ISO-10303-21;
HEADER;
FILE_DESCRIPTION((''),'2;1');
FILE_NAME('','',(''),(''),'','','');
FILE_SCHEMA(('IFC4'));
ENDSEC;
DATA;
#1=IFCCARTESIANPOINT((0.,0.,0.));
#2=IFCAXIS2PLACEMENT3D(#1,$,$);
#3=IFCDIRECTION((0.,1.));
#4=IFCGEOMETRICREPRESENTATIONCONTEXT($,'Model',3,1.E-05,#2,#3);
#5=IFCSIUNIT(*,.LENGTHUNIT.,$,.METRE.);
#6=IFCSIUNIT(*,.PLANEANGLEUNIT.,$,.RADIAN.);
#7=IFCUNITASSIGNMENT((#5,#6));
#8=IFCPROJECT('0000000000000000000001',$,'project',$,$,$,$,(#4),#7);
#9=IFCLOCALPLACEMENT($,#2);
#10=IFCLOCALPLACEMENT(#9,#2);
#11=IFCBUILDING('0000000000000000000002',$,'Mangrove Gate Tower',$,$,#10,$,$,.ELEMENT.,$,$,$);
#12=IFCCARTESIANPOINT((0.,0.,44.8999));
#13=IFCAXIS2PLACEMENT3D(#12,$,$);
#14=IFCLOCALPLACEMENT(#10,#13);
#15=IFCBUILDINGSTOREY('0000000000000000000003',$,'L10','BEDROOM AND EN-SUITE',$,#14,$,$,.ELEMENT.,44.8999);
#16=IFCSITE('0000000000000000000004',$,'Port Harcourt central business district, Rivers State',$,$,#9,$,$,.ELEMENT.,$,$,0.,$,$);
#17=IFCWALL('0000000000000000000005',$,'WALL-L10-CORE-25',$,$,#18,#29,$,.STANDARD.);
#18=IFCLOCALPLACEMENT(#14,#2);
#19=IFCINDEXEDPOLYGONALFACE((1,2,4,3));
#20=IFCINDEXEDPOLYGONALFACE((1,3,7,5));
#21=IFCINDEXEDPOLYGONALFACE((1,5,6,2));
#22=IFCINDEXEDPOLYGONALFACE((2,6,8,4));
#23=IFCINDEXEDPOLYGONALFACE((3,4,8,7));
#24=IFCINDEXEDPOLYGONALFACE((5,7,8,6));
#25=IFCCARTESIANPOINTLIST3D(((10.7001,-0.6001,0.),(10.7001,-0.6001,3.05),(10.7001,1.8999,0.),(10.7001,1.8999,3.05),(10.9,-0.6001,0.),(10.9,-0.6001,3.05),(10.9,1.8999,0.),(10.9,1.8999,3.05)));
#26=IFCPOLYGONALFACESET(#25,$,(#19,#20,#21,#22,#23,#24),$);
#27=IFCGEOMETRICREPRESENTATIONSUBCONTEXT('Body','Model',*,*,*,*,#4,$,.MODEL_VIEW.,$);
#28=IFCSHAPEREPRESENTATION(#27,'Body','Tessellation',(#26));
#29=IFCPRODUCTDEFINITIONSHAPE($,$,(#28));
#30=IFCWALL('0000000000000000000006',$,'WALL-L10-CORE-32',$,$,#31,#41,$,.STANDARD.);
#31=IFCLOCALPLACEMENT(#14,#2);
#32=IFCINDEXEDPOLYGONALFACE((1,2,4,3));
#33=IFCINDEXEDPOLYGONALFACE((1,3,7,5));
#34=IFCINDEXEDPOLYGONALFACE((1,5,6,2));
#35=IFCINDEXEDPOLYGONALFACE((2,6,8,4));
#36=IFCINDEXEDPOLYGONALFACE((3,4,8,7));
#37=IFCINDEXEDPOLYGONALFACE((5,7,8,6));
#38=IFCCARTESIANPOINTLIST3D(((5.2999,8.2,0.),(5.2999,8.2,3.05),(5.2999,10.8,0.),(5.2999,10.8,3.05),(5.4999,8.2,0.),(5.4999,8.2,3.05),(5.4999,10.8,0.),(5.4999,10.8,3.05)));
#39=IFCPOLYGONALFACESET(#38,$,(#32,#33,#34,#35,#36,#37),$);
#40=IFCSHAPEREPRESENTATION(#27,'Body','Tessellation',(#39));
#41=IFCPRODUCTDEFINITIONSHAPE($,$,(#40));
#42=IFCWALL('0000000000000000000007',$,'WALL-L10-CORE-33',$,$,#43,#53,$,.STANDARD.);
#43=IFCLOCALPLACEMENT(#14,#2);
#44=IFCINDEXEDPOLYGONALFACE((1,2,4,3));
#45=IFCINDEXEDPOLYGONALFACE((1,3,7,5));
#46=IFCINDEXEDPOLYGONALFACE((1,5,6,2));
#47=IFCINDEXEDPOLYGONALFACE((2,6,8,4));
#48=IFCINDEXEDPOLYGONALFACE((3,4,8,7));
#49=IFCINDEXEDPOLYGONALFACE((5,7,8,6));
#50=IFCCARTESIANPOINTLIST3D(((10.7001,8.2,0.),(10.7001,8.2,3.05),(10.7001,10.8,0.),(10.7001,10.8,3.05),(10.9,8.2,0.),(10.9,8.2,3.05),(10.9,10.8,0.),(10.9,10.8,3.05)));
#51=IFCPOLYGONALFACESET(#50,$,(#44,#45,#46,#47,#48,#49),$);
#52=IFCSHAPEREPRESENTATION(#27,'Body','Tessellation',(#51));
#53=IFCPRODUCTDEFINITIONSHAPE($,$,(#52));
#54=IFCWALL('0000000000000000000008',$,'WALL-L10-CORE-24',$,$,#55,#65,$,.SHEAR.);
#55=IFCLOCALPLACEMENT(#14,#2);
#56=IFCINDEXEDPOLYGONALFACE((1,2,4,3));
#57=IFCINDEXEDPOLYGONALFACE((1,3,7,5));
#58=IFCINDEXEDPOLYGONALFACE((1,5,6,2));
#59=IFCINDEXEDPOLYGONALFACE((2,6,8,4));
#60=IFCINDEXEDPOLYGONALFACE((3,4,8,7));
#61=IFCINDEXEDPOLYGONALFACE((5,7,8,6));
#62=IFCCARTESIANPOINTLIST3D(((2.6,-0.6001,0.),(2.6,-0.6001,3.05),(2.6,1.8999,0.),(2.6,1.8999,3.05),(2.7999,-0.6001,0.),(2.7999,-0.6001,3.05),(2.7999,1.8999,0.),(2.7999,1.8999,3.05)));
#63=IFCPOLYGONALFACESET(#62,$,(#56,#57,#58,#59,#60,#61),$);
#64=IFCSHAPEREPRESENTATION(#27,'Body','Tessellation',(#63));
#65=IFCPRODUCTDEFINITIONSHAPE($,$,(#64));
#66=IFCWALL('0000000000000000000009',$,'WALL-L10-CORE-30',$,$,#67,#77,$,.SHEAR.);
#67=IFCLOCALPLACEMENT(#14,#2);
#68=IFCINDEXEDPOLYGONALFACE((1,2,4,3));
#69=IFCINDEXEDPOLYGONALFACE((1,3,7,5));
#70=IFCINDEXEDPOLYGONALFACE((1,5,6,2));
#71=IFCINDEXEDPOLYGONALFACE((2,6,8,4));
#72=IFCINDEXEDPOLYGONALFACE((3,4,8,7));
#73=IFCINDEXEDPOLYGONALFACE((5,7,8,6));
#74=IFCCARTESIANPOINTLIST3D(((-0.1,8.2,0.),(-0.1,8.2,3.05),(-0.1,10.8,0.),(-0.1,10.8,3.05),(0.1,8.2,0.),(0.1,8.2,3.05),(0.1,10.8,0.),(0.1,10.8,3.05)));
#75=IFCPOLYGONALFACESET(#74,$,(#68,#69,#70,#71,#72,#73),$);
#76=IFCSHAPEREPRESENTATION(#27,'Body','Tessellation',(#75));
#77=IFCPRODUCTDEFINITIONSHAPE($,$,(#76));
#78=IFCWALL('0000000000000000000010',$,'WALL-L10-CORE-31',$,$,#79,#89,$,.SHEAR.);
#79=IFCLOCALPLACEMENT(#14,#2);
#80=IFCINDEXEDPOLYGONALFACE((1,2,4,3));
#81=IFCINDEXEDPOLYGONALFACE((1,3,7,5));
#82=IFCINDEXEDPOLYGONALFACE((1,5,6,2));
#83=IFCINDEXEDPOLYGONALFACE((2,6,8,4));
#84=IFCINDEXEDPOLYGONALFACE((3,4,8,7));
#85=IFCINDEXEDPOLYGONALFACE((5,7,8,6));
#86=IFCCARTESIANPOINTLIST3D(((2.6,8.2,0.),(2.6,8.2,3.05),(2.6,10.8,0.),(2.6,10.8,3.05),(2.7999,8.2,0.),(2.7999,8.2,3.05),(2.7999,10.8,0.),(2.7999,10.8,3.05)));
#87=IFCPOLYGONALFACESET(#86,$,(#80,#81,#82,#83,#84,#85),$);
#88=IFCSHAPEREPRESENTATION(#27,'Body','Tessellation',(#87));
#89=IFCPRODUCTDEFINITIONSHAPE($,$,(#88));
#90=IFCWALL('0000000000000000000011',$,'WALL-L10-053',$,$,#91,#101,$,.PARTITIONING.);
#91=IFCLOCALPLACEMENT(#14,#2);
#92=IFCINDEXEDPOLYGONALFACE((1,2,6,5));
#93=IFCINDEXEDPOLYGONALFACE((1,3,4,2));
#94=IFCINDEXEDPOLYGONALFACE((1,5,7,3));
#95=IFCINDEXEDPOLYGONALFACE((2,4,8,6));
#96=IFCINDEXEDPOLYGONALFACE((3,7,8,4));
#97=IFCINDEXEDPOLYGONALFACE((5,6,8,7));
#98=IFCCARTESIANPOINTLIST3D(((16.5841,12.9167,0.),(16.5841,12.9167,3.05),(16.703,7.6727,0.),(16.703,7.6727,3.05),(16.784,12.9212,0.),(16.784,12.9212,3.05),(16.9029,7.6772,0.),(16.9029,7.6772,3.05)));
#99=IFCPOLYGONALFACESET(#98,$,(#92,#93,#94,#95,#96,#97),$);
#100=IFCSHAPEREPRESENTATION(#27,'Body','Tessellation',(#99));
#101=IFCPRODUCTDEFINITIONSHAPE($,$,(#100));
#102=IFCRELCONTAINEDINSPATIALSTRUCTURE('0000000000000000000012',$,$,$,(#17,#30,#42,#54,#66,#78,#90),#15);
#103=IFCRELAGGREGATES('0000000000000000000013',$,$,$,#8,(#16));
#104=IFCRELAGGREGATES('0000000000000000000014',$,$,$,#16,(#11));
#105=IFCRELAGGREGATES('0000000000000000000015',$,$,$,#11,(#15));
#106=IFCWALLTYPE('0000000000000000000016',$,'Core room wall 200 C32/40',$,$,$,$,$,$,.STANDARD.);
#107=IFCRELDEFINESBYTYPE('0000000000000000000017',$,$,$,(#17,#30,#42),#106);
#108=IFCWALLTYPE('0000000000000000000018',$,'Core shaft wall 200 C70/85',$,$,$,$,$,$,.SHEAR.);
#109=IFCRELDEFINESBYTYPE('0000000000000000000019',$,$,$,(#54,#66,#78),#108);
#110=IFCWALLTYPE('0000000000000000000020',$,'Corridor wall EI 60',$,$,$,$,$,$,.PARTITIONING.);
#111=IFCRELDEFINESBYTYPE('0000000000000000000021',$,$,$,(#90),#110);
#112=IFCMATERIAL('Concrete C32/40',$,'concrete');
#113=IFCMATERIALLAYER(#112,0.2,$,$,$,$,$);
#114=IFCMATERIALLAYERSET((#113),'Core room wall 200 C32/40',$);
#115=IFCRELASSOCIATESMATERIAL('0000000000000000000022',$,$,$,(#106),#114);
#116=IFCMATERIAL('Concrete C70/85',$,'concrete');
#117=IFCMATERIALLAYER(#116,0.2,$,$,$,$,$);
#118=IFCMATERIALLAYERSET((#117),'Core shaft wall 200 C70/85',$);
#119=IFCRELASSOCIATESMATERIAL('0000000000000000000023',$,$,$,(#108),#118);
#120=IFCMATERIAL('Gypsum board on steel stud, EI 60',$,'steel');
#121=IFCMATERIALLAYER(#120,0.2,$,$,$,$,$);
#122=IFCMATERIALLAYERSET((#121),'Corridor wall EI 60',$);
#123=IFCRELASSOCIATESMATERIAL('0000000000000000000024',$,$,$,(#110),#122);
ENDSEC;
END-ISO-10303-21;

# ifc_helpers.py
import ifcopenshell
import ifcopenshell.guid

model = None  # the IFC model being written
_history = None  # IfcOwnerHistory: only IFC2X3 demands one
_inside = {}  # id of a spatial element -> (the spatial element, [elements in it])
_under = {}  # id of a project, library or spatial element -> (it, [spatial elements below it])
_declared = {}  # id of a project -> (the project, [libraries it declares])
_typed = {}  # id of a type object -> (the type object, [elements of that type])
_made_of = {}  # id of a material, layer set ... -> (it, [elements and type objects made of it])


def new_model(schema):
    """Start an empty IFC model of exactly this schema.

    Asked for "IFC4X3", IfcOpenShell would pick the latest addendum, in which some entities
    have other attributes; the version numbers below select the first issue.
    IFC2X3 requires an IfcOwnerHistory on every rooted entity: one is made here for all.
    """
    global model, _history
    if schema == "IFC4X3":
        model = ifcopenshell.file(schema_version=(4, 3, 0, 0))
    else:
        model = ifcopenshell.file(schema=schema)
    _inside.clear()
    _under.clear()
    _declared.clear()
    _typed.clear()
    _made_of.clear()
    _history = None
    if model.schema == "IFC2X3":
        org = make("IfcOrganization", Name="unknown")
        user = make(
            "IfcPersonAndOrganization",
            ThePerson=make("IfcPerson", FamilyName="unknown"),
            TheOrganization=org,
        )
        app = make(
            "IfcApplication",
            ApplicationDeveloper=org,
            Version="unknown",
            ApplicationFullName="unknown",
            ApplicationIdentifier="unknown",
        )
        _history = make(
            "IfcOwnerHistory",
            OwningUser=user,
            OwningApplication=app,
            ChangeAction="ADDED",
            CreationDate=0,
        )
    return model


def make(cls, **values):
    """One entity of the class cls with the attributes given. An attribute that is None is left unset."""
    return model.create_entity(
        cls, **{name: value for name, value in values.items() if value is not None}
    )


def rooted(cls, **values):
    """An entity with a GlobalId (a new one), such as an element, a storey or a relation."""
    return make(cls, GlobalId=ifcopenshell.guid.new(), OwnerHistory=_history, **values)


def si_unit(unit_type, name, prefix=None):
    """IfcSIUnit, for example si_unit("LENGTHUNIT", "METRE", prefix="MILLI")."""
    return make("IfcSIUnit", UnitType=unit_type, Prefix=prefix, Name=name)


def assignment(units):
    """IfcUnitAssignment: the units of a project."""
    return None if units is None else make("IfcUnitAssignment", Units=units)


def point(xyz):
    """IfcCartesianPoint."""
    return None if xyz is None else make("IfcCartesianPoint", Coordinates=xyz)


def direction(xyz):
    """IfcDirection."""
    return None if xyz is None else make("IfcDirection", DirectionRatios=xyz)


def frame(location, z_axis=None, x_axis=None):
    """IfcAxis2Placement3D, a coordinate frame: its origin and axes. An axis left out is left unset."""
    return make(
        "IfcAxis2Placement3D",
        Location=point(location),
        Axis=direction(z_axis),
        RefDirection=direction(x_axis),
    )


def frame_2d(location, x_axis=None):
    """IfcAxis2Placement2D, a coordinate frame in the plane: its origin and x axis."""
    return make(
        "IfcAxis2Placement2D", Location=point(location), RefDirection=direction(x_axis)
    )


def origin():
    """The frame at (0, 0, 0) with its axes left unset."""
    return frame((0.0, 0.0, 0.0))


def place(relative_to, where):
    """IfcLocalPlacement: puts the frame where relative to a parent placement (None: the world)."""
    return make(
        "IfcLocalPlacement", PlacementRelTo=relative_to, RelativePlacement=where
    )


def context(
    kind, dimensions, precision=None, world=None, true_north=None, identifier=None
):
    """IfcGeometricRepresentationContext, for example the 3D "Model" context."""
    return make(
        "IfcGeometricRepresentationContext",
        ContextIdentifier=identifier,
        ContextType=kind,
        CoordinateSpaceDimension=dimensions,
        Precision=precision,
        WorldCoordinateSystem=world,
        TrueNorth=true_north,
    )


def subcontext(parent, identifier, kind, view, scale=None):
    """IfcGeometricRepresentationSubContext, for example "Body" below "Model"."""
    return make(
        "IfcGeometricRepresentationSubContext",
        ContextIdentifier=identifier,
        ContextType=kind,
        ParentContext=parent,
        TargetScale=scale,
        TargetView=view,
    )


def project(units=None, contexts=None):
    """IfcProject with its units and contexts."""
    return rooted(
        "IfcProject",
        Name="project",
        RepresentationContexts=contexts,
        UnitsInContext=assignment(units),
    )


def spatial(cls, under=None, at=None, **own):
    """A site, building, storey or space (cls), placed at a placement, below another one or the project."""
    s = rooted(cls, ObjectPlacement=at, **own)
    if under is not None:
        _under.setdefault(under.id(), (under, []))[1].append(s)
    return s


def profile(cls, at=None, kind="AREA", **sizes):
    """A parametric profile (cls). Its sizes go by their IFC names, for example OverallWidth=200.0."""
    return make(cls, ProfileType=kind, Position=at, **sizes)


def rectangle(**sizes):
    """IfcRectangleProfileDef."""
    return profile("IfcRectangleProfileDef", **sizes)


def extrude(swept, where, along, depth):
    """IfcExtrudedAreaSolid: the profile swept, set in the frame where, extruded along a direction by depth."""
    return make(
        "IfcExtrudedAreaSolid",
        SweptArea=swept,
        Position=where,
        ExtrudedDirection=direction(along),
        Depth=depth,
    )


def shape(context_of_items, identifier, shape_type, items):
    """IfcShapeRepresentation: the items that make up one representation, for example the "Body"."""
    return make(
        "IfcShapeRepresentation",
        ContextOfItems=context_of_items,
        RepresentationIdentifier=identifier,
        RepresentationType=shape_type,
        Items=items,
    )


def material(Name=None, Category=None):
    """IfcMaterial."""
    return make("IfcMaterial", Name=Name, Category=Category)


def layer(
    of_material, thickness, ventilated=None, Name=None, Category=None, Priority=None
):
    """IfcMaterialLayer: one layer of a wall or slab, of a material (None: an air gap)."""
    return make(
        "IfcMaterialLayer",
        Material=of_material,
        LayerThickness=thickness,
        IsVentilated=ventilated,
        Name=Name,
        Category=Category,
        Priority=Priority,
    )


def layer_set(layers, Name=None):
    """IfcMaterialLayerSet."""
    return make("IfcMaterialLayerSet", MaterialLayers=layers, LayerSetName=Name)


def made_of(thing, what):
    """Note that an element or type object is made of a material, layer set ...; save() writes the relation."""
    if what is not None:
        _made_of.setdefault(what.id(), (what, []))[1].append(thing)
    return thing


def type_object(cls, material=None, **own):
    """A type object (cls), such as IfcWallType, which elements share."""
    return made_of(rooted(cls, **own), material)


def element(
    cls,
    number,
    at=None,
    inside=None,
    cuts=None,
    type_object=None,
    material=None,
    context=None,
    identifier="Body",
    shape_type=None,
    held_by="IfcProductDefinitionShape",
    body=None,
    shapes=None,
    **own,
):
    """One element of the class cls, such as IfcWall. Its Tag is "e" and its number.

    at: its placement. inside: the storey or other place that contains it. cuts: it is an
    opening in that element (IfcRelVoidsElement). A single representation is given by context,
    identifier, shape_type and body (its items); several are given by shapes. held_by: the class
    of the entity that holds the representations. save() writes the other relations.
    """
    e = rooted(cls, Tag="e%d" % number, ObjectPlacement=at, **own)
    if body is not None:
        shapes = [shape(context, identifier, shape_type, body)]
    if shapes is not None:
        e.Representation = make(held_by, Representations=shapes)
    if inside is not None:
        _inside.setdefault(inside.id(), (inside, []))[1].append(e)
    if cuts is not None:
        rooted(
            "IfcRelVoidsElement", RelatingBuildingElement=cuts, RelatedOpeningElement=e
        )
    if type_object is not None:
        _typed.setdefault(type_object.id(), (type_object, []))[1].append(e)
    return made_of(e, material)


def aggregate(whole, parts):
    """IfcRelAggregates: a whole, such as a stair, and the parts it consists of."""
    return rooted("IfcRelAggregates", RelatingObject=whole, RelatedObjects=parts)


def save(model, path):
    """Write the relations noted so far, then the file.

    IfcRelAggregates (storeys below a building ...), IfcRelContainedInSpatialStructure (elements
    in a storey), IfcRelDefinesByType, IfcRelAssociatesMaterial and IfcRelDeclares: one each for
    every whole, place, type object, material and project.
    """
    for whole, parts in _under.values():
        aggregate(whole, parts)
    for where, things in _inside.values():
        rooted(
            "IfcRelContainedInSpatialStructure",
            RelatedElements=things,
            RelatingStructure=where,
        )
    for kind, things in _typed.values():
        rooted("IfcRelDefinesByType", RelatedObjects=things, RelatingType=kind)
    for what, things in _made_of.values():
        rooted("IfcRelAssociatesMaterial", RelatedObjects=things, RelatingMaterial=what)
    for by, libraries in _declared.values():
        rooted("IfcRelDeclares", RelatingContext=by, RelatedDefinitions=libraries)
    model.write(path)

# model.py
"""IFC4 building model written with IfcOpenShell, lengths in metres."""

from ifc_helpers import new_model, si_unit, direction, frame, frame_2d, origin, place, context, subcontext, project, spatial, rectangle, extrude, material, layer, layer_set, type_object, element, save


model = new_model("IFC4")

# Units and contexts
model_context = context("Model", 3, precision=1e-05, world=origin(), true_north=direction((0.0, 1.0)))
body_context = subcontext(model_context, "Body", "Model", "MODEL_VIEW")
ifc_project = project(units=[si_unit("LENGTHUNIT", "METRE"), si_unit("PLANEANGLEUNIT", "RADIAN")], contexts=[model_context])

# Site, building, storey
site_placement = place(None, origin())
site = spatial("IfcSite", under=ifc_project, at=site_placement, Name="Port Harcourt central business district, Rivers State", CompositionType="ELEMENT", RefElevation=0.0)
building_placement = place(site_placement, origin())
building = spatial("IfcBuilding", under=site, at=building_placement, Name="Mangrove Gate Tower", CompositionType="ELEMENT")
storey_placement = place(building_placement, frame((0.0, 0.0, 44.8999)))
storey = spatial("IfcBuildingStorey", under=building, at=storey_placement, Name="L10", Description="BEDROOM AND EN-SUITE", CompositionType="ELEMENT", Elevation=44.8999)

# Walls
ifc_material_1 = material(Name="Concrete C32/40", Category="concrete")
ifc_layer_1 = layer(ifc_material_1, 0.2)
ifc_layer_set_1 = layer_set([ifc_layer_1], Name="Core room wall 200 C32/40")
wall_type_1 = type_object("IfcWallType", Name="Core room wall 200 C32/40", PredefinedType="STANDARD", material=ifc_layer_set_1)
wall_1_placement = place(storey_placement, frame((10.8, -0.6001, 0.0), z_axis=(0.0, 0.0, 1.0), x_axis=(0.0, 1.0, 0.0)))
element("IfcWall", 1, at=wall_1_placement, inside=storey, type_object=wall_type_1, Name="WALL-L10-CORE-25", PredefinedType="STANDARD", context=body_context, shape_type="SweptSolid", body=[
    extrude(rectangle(XDim=2.5, YDim=0.2, at=frame_2d((1.25, 0.0))), origin(), (0.0, 0.0, 1.0), 3.05),
])
for number, where, z_axis, x_axis, name in (
    (2, (5.3999, 8.2, 0.0), (0.0, 0.0, 1.0), (0.0, 1.0, 0.0), "WALL-L10-CORE-32"),
    (3, (10.8, 8.2, 0.0), (0.0, 0.0, 1.0), (0.0, 1.0, 0.0), "WALL-L10-CORE-33"),
):
    element("IfcWall", number, at=place(storey_placement, frame(where, z_axis=z_axis, x_axis=x_axis)), inside=storey, type_object=wall_type_1, Name=name, PredefinedType="STANDARD", context=body_context, shape_type="SweptSolid", body=[
        extrude(rectangle(XDim=2.6001, YDim=0.2, at=frame_2d((1.3, 0.0))), origin(), (0.0, 0.0, 1.0), 3.05),
    ])
ifc_material_2 = material(Name="Concrete C70/85", Category="concrete")
ifc_layer_2 = layer(ifc_material_2, 0.2)
ifc_layer_set_2 = layer_set([ifc_layer_2], Name="Core shaft wall 200 C70/85")
wall_type_2 = type_object("IfcWallType", Name="Core shaft wall 200 C70/85", PredefinedType="SHEAR", material=ifc_layer_set_2)
wall_2_placement = place(storey_placement, frame((2.7, -0.6001, 0.0), z_axis=(0.0, 0.0, 1.0), x_axis=(0.0, 1.0, 0.0)))
element("IfcWall", 4, at=wall_2_placement, inside=storey, type_object=wall_type_2, Name="WALL-L10-CORE-24", PredefinedType="SHEAR", context=body_context, shape_type="SweptSolid", body=[
    extrude(rectangle(XDim=2.5, YDim=0.2, at=frame_2d((1.25, 0.0))), origin(), (0.0, 0.0, 1.0), 3.05),
])
for number, where, z_axis, x_axis, name in (
    (5, (0.0, 8.2, 0.0), (0.0, 0.0, 1.0), (0.0, 1.0, 0.0), "WALL-L10-CORE-30"),
    (6, (2.7, 8.2, 0.0), (0.0, 0.0, 1.0), (0.0, 1.0, 0.0), "WALL-L10-CORE-31"),
):
    element("IfcWall", number, at=place(storey_placement, frame(where, z_axis=z_axis, x_axis=x_axis)), inside=storey, type_object=wall_type_2, Name=name, PredefinedType="SHEAR", context=body_context, shape_type="SweptSolid", body=[
        extrude(rectangle(XDim=2.6001, YDim=0.2, at=frame_2d((1.3, 0.0))), origin(), (0.0, 0.0, 1.0), 3.05),
    ])
ifc_material_3 = material(Name="Gypsum board on steel stud, EI 60", Category="steel")
ifc_layer_3 = layer(ifc_material_3, 0.2)
ifc_layer_set_3 = layer_set([ifc_layer_3], Name="Corridor wall EI 60")
wall_type_3 = type_object("IfcWallType", Name="Corridor wall EI 60", PredefinedType="PARTITIONING", material=ifc_layer_set_3)
wall_3_placement = place(storey_placement, frame((16.803, 7.675, 0.0), z_axis=(0.0, 0.0, 1.0), x_axis=(-0.022667, 0.999743, 0.0)))
element("IfcWall", 7, at=wall_3_placement, inside=storey, type_object=wall_type_3, Name="WALL-L10-053", PredefinedType="PARTITIONING", context=body_context, shape_type="SweptSolid", body=[
    extrude(rectangle(XDim=5.2454, YDim=0.2, at=frame_2d((2.6226, 0.0))), origin(), (0.0, 0.0, 1.0), 3.05),
])

save(model, "model.ifc")
